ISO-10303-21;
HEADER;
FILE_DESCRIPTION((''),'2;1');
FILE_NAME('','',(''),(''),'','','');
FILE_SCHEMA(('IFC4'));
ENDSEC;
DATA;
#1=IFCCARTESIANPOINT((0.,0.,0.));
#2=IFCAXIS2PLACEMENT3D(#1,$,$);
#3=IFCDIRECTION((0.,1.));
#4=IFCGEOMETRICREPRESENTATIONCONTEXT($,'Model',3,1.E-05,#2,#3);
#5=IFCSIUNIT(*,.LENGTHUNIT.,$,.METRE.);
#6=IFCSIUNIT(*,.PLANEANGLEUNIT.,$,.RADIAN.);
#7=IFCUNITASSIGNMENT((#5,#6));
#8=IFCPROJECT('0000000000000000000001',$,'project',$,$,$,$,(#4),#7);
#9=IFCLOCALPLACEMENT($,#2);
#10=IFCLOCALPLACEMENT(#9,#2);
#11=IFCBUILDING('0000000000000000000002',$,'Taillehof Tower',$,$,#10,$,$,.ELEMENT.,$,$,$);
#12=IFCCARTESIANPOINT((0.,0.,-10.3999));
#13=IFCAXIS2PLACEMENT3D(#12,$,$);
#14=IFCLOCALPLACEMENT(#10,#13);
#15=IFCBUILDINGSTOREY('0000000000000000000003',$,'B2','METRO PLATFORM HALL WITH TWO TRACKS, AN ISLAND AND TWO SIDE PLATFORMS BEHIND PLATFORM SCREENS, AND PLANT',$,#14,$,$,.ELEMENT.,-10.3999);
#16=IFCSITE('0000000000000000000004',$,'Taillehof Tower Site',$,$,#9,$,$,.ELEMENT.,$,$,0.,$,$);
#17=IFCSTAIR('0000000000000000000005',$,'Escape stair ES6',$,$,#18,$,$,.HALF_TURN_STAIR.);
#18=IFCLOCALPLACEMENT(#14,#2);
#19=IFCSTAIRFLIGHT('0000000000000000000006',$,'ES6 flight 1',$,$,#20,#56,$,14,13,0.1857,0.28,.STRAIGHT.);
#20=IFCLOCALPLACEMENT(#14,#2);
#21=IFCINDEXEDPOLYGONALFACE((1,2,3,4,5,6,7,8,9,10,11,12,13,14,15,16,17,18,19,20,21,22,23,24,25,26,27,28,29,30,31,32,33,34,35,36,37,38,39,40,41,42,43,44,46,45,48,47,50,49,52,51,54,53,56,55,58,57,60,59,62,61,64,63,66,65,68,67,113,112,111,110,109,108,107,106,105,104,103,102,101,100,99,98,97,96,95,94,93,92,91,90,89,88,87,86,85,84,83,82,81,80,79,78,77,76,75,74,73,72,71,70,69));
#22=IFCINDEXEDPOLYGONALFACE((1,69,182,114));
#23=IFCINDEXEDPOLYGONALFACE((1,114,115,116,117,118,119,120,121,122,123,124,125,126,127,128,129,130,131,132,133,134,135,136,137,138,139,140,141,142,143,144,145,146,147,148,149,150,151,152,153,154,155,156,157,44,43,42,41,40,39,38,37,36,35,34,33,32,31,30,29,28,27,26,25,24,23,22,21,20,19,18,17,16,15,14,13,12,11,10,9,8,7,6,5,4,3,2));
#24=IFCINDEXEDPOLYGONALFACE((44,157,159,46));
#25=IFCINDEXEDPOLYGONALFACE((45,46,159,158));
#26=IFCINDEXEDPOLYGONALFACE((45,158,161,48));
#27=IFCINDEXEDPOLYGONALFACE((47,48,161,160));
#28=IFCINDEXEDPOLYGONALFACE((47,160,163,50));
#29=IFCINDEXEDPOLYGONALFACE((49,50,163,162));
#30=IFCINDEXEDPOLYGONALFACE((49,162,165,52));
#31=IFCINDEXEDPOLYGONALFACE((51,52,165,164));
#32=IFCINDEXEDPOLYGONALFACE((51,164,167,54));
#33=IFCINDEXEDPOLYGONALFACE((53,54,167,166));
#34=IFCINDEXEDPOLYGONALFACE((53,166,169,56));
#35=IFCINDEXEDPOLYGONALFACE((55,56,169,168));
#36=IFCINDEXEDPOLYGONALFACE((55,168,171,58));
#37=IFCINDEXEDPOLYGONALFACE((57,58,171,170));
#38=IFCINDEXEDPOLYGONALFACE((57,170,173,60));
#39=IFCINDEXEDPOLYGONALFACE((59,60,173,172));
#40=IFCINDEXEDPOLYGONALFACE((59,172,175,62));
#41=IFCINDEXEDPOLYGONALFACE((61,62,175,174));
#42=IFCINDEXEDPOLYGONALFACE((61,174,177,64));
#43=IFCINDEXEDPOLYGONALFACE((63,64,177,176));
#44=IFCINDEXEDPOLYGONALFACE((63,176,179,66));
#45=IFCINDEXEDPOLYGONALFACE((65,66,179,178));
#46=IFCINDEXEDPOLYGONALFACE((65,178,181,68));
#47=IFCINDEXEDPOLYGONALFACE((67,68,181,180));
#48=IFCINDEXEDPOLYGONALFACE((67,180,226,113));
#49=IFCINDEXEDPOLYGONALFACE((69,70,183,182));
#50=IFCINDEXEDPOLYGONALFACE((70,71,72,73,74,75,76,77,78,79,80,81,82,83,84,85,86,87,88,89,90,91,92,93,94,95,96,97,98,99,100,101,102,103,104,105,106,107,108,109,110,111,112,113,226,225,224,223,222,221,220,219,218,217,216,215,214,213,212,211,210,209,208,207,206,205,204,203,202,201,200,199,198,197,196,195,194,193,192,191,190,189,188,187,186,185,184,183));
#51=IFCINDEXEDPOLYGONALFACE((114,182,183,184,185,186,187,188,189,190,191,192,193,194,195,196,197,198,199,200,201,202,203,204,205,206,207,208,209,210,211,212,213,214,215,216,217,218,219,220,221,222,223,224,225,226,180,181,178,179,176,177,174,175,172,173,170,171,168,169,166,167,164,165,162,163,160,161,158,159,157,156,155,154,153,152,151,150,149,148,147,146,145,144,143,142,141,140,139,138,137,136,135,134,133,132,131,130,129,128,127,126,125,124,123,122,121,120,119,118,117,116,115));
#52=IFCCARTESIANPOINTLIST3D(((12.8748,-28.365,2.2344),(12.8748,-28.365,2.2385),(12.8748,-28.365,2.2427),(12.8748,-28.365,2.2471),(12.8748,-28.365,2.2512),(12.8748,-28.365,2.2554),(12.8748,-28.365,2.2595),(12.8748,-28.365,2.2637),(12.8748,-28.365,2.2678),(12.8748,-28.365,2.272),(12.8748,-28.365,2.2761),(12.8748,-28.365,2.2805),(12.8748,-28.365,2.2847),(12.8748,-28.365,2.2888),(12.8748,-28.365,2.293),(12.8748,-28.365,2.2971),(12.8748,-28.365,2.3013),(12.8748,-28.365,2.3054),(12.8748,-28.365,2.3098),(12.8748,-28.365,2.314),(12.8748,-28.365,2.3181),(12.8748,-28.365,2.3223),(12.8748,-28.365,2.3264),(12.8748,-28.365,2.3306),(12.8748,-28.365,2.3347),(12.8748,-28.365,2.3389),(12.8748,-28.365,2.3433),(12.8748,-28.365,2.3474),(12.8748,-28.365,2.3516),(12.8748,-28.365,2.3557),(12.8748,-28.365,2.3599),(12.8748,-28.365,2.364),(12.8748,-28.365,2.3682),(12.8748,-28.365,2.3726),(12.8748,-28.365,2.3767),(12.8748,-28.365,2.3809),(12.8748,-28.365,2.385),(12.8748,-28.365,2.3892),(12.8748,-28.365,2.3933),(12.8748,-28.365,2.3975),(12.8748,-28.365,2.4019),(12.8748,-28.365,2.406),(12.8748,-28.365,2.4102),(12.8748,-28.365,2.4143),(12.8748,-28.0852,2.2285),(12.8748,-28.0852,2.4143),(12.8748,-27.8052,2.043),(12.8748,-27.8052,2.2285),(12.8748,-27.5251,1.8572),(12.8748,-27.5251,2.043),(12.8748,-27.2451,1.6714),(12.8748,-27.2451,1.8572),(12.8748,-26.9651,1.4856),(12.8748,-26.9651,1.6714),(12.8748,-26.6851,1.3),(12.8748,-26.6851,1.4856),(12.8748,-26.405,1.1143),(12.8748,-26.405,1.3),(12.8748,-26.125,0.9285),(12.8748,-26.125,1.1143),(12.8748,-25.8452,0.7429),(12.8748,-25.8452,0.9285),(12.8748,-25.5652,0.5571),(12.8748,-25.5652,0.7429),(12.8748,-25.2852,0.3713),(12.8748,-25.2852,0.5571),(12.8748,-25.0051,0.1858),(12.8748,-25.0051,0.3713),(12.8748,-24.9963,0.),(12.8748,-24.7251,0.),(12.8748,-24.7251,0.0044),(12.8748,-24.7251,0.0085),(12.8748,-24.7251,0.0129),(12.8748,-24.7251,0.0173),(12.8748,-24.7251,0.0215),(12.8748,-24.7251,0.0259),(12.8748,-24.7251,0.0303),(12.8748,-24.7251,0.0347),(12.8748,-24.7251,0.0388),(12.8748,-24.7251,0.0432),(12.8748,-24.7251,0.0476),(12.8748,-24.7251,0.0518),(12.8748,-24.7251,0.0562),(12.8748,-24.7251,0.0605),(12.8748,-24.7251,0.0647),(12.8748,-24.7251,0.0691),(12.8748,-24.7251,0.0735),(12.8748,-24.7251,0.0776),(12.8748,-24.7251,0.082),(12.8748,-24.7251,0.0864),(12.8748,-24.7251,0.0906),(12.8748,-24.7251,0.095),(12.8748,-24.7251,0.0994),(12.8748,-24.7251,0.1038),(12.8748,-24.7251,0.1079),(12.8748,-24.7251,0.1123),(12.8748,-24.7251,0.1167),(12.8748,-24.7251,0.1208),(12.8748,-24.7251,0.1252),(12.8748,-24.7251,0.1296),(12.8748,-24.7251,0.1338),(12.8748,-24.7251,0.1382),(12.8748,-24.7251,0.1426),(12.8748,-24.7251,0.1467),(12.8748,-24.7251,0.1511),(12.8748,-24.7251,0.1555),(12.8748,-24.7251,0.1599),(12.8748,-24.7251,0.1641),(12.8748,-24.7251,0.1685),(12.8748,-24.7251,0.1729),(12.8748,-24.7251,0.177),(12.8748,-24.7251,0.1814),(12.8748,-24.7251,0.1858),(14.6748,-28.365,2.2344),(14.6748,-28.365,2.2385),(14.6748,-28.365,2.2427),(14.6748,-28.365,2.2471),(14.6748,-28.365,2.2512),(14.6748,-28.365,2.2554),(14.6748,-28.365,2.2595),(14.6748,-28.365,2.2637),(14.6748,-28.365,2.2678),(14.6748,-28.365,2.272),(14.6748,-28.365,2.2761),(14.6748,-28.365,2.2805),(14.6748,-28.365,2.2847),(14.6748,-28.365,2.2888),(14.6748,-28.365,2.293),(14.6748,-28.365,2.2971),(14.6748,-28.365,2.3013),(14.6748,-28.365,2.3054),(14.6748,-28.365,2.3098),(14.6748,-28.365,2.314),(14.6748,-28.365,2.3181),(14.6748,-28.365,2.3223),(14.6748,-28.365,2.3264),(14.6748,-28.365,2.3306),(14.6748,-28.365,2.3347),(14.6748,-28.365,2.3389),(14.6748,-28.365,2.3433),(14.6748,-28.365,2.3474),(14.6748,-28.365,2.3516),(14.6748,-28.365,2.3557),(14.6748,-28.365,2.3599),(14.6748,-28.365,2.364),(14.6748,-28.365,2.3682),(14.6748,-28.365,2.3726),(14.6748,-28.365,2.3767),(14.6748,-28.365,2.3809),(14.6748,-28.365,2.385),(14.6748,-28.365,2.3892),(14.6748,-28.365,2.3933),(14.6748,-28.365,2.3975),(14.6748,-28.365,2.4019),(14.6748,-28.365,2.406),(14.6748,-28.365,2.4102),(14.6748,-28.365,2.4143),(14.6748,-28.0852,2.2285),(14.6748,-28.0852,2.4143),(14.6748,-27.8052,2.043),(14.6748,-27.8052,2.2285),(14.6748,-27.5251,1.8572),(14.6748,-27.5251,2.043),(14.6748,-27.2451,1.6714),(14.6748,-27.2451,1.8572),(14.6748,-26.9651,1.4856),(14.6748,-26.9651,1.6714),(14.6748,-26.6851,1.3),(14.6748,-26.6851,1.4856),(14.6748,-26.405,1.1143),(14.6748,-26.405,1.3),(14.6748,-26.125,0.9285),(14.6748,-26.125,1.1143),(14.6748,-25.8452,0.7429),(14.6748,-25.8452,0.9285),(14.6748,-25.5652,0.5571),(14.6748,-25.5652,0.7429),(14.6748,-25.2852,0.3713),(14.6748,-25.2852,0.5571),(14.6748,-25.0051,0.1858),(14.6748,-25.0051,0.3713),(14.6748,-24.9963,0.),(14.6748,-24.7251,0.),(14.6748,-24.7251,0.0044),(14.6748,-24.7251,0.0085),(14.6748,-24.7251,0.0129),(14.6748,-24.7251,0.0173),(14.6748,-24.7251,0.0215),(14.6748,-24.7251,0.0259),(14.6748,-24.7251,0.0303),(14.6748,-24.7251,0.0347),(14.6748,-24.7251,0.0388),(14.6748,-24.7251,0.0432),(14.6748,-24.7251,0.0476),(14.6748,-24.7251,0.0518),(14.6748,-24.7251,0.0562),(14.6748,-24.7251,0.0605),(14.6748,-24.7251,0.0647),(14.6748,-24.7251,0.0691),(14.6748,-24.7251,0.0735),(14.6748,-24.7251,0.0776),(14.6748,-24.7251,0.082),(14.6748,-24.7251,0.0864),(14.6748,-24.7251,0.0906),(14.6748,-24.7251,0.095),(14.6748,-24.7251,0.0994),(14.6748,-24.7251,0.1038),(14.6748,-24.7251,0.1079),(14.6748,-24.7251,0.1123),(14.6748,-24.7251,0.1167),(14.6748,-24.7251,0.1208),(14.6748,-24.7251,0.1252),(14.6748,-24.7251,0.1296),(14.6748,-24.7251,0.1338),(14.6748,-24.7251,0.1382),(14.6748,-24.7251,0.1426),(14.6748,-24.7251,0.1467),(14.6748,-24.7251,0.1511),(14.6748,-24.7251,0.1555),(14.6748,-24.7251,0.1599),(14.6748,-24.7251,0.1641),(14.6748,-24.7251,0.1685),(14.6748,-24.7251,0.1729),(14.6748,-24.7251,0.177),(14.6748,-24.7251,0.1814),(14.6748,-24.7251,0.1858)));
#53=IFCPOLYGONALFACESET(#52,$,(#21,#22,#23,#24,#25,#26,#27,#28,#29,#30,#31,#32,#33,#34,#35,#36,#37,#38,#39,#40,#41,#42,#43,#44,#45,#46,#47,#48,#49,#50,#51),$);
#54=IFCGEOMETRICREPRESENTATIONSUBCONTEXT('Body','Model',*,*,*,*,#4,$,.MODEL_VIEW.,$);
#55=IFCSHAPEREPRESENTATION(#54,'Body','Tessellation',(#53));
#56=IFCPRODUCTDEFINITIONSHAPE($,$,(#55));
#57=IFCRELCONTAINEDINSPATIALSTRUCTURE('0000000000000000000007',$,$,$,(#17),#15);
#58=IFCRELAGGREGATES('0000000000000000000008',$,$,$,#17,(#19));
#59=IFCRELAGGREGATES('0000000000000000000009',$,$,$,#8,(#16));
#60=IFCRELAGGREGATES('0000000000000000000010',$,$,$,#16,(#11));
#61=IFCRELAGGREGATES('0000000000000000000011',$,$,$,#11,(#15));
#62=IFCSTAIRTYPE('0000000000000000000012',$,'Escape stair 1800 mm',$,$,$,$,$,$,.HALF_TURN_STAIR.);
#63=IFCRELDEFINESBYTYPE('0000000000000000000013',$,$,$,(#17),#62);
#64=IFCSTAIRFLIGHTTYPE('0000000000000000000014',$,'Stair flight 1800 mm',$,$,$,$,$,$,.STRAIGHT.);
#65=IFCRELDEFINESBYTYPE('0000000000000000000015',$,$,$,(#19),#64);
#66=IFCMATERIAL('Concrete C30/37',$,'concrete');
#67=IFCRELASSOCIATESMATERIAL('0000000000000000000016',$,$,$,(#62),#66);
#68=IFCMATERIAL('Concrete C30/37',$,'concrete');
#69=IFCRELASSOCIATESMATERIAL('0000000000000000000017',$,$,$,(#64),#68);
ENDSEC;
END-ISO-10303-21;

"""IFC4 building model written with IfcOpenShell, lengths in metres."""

from ifc_helpers import new_model, si_unit, direction, frame, origin, place, context, subcontext, project, spatial, polyline, outline, extrude, material, type_object, element, aggregate, save


model = new_model("IFC4")

# Units and contexts
model_context = context("Model", 3, precision=1e-05, world=origin(), true_north=direction((0.0, 1.0)))
body_context = subcontext(model_context, "Body", "Model", "MODEL_VIEW")
ifc_project = project(units=[si_unit("LENGTHUNIT", "METRE"), si_unit("PLANEANGLEUNIT", "RADIAN")], contexts=[model_context])

# Site, building, storey
site_placement = place(None, origin())
site = spatial("IfcSite", under=ifc_project, at=site_placement, Name="Taillehof Tower Site", CompositionType="ELEMENT", RefElevation=0.0)
building_placement = place(site_placement, origin())
building = spatial("IfcBuilding", under=site, at=building_placement, Name="Taillehof Tower", CompositionType="ELEMENT")
storey_placement = place(building_placement, frame((0.0, 0.0, -10.3999)))
storey = spatial("IfcBuildingStorey", under=building, at=storey_placement, Name="B2", Description="METRO PLATFORM HALL WITH TWO TRACKS, AN ISLAND AND TWO SIDE PLATFORMS BEHIND PLATFORM SCREENS, AND PLANT", CompositionType="ELEMENT", Elevation=-10.3999)

# Stair, stair flight
ifc_material_1 = material(Name="Concrete C30/37", Category="concrete")
stair_type = type_object("IfcStairType", Name="Escape stair 1800 mm", PredefinedType="HALF_TURN_STAIR", material=ifc_material_1)
stair_placement = place(storey_placement, origin())
stair = element("IfcStair", 1, at=stair_placement, inside=storey, type_object=stair_type, Name="Escape stair ES6", PredefinedType="HALF_TURN_STAIR")
ifc_material_2 = material(Name="Concrete C30/37", Category="concrete")
stair_flight_type = type_object("IfcStairFlightType", Name="Stair flight 1800 mm", PredefinedType="STRAIGHT", material=ifc_material_2)
stair_flight_placement = place(storey_placement, frame((13.7749, -24.7251, 0.0), z_axis=(0.0, 0.0, 1.0), x_axis=(0.0, -1.0, 0.0)))
stair_flight = element("IfcStairFlight", 2, at=stair_flight_placement, type_object=stair_flight_type, Name="ES6 flight 1", NumberOfRisers=14, NumberOfTreads=13, PredefinedType="STRAIGHT", RiserHeight=0.1857, TreadLength=0.28, context=body_context, shape_type="SweptSolid", body=[
    extrude(outline(polyline([(0.0, 0.0), (0.0, 0.0044), (0.0, 0.0085), (0.0, 0.0129), (0.0, 0.0173), (0.0, 0.0215), (0.0, 0.0259), (0.0, 0.0303), (0.0, 0.0347), (0.0, 0.0388), (0.0, 0.0432), (0.0, 0.0476), (0.0, 0.0518), (0.0, 0.0562), (0.0, 0.0605), (0.0, 0.0647), (0.0, 0.0691), (0.0, 0.0735), (0.0, 0.0776), (0.0, 0.082), (0.0, 0.0864), (0.0, 0.0906), (0.0, 0.095), (0.0, 0.0994), (0.0, 0.1038), (0.0, 0.1079), (0.0, 0.1123), (0.0, 0.1167), (0.0, 0.1208), (0.0, 0.1252), (0.0, 0.1296), (0.0, 0.1338), (0.0, 0.1382), (0.0, 0.1426), (0.0, 0.1467), (0.0, 0.1511), (0.0, 0.1555), (0.0, 0.1599), (0.0, 0.1641), (0.0, 0.1685), (0.0, 0.1729), (0.0, 0.177), (0.0, 0.1814), (0.0, 0.1858), (0.28, 0.1858), (0.28, 0.3713), (0.5601, 0.3713), (0.5601, 0.5571), (0.8401, 0.5571), (0.8401, 0.7429), (1.1201, 0.7429), (1.1201, 0.9285), (1.3999, 0.9285), (1.3999, 1.1143), (1.6799, 1.1143), (1.6799, 1.3), (1.96, 1.3), (1.96, 1.4856), (2.24, 1.4856), (2.24, 1.6714), (2.52, 1.6714), (2.52, 1.8572), (2.8, 1.8572), (2.8, 2.043), (3.0801, 2.043), (3.0801, 2.2285), (3.3601, 2.2285), (3.3601, 2.4143), (3.6399, 2.4143), (3.6399, 2.4102), (3.6399, 2.406), (3.6399, 2.4019), (3.6399, 2.3975), (3.6399, 2.3933), (3.6399, 2.3892), (3.6399, 2.385), (3.6399, 2.3809), (3.6399, 2.3767), (3.6399, 2.3726), (3.6399, 2.3682), (3.6399, 2.364), (3.6399, 2.3599), (3.6399, 2.3557), (3.6399, 2.3516), (3.6399, 2.3474), (3.6399, 2.3433), (3.6399, 2.3389), (3.6399, 2.3347), (3.6399, 2.3306), (3.6399, 2.3264), (3.6399, 2.3223), (3.6399, 2.3181), (3.6399, 2.314), (3.6399, 2.3098), (3.6399, 2.3054), (3.6399, 2.3013), (3.6399, 2.2971), (3.6399, 2.293), (3.6399, 2.2888), (3.6399, 2.2847), (3.6399, 2.2805), (3.6399, 2.2761), (3.6399, 2.272), (3.6399, 2.2678), (3.6399, 2.2637), (3.6399, 2.2595), (3.6399, 2.2554), (3.6399, 2.2512), (3.6399, 2.2471), (3.6399, 2.2427), (3.6399, 2.2385), (3.6399, 2.2344), (0.2712, 0.0), (0.0, 0.0)])), frame((0.0, 0.8999, 0.0), z_axis=(0.0, -1.0, 0.0), x_axis=(1.0, 0.0, 0.0)), (0.0, 0.0, 1.0), 1.8),
])
aggregate(stair, [stair_flight])

save(model, "model.ifc")
